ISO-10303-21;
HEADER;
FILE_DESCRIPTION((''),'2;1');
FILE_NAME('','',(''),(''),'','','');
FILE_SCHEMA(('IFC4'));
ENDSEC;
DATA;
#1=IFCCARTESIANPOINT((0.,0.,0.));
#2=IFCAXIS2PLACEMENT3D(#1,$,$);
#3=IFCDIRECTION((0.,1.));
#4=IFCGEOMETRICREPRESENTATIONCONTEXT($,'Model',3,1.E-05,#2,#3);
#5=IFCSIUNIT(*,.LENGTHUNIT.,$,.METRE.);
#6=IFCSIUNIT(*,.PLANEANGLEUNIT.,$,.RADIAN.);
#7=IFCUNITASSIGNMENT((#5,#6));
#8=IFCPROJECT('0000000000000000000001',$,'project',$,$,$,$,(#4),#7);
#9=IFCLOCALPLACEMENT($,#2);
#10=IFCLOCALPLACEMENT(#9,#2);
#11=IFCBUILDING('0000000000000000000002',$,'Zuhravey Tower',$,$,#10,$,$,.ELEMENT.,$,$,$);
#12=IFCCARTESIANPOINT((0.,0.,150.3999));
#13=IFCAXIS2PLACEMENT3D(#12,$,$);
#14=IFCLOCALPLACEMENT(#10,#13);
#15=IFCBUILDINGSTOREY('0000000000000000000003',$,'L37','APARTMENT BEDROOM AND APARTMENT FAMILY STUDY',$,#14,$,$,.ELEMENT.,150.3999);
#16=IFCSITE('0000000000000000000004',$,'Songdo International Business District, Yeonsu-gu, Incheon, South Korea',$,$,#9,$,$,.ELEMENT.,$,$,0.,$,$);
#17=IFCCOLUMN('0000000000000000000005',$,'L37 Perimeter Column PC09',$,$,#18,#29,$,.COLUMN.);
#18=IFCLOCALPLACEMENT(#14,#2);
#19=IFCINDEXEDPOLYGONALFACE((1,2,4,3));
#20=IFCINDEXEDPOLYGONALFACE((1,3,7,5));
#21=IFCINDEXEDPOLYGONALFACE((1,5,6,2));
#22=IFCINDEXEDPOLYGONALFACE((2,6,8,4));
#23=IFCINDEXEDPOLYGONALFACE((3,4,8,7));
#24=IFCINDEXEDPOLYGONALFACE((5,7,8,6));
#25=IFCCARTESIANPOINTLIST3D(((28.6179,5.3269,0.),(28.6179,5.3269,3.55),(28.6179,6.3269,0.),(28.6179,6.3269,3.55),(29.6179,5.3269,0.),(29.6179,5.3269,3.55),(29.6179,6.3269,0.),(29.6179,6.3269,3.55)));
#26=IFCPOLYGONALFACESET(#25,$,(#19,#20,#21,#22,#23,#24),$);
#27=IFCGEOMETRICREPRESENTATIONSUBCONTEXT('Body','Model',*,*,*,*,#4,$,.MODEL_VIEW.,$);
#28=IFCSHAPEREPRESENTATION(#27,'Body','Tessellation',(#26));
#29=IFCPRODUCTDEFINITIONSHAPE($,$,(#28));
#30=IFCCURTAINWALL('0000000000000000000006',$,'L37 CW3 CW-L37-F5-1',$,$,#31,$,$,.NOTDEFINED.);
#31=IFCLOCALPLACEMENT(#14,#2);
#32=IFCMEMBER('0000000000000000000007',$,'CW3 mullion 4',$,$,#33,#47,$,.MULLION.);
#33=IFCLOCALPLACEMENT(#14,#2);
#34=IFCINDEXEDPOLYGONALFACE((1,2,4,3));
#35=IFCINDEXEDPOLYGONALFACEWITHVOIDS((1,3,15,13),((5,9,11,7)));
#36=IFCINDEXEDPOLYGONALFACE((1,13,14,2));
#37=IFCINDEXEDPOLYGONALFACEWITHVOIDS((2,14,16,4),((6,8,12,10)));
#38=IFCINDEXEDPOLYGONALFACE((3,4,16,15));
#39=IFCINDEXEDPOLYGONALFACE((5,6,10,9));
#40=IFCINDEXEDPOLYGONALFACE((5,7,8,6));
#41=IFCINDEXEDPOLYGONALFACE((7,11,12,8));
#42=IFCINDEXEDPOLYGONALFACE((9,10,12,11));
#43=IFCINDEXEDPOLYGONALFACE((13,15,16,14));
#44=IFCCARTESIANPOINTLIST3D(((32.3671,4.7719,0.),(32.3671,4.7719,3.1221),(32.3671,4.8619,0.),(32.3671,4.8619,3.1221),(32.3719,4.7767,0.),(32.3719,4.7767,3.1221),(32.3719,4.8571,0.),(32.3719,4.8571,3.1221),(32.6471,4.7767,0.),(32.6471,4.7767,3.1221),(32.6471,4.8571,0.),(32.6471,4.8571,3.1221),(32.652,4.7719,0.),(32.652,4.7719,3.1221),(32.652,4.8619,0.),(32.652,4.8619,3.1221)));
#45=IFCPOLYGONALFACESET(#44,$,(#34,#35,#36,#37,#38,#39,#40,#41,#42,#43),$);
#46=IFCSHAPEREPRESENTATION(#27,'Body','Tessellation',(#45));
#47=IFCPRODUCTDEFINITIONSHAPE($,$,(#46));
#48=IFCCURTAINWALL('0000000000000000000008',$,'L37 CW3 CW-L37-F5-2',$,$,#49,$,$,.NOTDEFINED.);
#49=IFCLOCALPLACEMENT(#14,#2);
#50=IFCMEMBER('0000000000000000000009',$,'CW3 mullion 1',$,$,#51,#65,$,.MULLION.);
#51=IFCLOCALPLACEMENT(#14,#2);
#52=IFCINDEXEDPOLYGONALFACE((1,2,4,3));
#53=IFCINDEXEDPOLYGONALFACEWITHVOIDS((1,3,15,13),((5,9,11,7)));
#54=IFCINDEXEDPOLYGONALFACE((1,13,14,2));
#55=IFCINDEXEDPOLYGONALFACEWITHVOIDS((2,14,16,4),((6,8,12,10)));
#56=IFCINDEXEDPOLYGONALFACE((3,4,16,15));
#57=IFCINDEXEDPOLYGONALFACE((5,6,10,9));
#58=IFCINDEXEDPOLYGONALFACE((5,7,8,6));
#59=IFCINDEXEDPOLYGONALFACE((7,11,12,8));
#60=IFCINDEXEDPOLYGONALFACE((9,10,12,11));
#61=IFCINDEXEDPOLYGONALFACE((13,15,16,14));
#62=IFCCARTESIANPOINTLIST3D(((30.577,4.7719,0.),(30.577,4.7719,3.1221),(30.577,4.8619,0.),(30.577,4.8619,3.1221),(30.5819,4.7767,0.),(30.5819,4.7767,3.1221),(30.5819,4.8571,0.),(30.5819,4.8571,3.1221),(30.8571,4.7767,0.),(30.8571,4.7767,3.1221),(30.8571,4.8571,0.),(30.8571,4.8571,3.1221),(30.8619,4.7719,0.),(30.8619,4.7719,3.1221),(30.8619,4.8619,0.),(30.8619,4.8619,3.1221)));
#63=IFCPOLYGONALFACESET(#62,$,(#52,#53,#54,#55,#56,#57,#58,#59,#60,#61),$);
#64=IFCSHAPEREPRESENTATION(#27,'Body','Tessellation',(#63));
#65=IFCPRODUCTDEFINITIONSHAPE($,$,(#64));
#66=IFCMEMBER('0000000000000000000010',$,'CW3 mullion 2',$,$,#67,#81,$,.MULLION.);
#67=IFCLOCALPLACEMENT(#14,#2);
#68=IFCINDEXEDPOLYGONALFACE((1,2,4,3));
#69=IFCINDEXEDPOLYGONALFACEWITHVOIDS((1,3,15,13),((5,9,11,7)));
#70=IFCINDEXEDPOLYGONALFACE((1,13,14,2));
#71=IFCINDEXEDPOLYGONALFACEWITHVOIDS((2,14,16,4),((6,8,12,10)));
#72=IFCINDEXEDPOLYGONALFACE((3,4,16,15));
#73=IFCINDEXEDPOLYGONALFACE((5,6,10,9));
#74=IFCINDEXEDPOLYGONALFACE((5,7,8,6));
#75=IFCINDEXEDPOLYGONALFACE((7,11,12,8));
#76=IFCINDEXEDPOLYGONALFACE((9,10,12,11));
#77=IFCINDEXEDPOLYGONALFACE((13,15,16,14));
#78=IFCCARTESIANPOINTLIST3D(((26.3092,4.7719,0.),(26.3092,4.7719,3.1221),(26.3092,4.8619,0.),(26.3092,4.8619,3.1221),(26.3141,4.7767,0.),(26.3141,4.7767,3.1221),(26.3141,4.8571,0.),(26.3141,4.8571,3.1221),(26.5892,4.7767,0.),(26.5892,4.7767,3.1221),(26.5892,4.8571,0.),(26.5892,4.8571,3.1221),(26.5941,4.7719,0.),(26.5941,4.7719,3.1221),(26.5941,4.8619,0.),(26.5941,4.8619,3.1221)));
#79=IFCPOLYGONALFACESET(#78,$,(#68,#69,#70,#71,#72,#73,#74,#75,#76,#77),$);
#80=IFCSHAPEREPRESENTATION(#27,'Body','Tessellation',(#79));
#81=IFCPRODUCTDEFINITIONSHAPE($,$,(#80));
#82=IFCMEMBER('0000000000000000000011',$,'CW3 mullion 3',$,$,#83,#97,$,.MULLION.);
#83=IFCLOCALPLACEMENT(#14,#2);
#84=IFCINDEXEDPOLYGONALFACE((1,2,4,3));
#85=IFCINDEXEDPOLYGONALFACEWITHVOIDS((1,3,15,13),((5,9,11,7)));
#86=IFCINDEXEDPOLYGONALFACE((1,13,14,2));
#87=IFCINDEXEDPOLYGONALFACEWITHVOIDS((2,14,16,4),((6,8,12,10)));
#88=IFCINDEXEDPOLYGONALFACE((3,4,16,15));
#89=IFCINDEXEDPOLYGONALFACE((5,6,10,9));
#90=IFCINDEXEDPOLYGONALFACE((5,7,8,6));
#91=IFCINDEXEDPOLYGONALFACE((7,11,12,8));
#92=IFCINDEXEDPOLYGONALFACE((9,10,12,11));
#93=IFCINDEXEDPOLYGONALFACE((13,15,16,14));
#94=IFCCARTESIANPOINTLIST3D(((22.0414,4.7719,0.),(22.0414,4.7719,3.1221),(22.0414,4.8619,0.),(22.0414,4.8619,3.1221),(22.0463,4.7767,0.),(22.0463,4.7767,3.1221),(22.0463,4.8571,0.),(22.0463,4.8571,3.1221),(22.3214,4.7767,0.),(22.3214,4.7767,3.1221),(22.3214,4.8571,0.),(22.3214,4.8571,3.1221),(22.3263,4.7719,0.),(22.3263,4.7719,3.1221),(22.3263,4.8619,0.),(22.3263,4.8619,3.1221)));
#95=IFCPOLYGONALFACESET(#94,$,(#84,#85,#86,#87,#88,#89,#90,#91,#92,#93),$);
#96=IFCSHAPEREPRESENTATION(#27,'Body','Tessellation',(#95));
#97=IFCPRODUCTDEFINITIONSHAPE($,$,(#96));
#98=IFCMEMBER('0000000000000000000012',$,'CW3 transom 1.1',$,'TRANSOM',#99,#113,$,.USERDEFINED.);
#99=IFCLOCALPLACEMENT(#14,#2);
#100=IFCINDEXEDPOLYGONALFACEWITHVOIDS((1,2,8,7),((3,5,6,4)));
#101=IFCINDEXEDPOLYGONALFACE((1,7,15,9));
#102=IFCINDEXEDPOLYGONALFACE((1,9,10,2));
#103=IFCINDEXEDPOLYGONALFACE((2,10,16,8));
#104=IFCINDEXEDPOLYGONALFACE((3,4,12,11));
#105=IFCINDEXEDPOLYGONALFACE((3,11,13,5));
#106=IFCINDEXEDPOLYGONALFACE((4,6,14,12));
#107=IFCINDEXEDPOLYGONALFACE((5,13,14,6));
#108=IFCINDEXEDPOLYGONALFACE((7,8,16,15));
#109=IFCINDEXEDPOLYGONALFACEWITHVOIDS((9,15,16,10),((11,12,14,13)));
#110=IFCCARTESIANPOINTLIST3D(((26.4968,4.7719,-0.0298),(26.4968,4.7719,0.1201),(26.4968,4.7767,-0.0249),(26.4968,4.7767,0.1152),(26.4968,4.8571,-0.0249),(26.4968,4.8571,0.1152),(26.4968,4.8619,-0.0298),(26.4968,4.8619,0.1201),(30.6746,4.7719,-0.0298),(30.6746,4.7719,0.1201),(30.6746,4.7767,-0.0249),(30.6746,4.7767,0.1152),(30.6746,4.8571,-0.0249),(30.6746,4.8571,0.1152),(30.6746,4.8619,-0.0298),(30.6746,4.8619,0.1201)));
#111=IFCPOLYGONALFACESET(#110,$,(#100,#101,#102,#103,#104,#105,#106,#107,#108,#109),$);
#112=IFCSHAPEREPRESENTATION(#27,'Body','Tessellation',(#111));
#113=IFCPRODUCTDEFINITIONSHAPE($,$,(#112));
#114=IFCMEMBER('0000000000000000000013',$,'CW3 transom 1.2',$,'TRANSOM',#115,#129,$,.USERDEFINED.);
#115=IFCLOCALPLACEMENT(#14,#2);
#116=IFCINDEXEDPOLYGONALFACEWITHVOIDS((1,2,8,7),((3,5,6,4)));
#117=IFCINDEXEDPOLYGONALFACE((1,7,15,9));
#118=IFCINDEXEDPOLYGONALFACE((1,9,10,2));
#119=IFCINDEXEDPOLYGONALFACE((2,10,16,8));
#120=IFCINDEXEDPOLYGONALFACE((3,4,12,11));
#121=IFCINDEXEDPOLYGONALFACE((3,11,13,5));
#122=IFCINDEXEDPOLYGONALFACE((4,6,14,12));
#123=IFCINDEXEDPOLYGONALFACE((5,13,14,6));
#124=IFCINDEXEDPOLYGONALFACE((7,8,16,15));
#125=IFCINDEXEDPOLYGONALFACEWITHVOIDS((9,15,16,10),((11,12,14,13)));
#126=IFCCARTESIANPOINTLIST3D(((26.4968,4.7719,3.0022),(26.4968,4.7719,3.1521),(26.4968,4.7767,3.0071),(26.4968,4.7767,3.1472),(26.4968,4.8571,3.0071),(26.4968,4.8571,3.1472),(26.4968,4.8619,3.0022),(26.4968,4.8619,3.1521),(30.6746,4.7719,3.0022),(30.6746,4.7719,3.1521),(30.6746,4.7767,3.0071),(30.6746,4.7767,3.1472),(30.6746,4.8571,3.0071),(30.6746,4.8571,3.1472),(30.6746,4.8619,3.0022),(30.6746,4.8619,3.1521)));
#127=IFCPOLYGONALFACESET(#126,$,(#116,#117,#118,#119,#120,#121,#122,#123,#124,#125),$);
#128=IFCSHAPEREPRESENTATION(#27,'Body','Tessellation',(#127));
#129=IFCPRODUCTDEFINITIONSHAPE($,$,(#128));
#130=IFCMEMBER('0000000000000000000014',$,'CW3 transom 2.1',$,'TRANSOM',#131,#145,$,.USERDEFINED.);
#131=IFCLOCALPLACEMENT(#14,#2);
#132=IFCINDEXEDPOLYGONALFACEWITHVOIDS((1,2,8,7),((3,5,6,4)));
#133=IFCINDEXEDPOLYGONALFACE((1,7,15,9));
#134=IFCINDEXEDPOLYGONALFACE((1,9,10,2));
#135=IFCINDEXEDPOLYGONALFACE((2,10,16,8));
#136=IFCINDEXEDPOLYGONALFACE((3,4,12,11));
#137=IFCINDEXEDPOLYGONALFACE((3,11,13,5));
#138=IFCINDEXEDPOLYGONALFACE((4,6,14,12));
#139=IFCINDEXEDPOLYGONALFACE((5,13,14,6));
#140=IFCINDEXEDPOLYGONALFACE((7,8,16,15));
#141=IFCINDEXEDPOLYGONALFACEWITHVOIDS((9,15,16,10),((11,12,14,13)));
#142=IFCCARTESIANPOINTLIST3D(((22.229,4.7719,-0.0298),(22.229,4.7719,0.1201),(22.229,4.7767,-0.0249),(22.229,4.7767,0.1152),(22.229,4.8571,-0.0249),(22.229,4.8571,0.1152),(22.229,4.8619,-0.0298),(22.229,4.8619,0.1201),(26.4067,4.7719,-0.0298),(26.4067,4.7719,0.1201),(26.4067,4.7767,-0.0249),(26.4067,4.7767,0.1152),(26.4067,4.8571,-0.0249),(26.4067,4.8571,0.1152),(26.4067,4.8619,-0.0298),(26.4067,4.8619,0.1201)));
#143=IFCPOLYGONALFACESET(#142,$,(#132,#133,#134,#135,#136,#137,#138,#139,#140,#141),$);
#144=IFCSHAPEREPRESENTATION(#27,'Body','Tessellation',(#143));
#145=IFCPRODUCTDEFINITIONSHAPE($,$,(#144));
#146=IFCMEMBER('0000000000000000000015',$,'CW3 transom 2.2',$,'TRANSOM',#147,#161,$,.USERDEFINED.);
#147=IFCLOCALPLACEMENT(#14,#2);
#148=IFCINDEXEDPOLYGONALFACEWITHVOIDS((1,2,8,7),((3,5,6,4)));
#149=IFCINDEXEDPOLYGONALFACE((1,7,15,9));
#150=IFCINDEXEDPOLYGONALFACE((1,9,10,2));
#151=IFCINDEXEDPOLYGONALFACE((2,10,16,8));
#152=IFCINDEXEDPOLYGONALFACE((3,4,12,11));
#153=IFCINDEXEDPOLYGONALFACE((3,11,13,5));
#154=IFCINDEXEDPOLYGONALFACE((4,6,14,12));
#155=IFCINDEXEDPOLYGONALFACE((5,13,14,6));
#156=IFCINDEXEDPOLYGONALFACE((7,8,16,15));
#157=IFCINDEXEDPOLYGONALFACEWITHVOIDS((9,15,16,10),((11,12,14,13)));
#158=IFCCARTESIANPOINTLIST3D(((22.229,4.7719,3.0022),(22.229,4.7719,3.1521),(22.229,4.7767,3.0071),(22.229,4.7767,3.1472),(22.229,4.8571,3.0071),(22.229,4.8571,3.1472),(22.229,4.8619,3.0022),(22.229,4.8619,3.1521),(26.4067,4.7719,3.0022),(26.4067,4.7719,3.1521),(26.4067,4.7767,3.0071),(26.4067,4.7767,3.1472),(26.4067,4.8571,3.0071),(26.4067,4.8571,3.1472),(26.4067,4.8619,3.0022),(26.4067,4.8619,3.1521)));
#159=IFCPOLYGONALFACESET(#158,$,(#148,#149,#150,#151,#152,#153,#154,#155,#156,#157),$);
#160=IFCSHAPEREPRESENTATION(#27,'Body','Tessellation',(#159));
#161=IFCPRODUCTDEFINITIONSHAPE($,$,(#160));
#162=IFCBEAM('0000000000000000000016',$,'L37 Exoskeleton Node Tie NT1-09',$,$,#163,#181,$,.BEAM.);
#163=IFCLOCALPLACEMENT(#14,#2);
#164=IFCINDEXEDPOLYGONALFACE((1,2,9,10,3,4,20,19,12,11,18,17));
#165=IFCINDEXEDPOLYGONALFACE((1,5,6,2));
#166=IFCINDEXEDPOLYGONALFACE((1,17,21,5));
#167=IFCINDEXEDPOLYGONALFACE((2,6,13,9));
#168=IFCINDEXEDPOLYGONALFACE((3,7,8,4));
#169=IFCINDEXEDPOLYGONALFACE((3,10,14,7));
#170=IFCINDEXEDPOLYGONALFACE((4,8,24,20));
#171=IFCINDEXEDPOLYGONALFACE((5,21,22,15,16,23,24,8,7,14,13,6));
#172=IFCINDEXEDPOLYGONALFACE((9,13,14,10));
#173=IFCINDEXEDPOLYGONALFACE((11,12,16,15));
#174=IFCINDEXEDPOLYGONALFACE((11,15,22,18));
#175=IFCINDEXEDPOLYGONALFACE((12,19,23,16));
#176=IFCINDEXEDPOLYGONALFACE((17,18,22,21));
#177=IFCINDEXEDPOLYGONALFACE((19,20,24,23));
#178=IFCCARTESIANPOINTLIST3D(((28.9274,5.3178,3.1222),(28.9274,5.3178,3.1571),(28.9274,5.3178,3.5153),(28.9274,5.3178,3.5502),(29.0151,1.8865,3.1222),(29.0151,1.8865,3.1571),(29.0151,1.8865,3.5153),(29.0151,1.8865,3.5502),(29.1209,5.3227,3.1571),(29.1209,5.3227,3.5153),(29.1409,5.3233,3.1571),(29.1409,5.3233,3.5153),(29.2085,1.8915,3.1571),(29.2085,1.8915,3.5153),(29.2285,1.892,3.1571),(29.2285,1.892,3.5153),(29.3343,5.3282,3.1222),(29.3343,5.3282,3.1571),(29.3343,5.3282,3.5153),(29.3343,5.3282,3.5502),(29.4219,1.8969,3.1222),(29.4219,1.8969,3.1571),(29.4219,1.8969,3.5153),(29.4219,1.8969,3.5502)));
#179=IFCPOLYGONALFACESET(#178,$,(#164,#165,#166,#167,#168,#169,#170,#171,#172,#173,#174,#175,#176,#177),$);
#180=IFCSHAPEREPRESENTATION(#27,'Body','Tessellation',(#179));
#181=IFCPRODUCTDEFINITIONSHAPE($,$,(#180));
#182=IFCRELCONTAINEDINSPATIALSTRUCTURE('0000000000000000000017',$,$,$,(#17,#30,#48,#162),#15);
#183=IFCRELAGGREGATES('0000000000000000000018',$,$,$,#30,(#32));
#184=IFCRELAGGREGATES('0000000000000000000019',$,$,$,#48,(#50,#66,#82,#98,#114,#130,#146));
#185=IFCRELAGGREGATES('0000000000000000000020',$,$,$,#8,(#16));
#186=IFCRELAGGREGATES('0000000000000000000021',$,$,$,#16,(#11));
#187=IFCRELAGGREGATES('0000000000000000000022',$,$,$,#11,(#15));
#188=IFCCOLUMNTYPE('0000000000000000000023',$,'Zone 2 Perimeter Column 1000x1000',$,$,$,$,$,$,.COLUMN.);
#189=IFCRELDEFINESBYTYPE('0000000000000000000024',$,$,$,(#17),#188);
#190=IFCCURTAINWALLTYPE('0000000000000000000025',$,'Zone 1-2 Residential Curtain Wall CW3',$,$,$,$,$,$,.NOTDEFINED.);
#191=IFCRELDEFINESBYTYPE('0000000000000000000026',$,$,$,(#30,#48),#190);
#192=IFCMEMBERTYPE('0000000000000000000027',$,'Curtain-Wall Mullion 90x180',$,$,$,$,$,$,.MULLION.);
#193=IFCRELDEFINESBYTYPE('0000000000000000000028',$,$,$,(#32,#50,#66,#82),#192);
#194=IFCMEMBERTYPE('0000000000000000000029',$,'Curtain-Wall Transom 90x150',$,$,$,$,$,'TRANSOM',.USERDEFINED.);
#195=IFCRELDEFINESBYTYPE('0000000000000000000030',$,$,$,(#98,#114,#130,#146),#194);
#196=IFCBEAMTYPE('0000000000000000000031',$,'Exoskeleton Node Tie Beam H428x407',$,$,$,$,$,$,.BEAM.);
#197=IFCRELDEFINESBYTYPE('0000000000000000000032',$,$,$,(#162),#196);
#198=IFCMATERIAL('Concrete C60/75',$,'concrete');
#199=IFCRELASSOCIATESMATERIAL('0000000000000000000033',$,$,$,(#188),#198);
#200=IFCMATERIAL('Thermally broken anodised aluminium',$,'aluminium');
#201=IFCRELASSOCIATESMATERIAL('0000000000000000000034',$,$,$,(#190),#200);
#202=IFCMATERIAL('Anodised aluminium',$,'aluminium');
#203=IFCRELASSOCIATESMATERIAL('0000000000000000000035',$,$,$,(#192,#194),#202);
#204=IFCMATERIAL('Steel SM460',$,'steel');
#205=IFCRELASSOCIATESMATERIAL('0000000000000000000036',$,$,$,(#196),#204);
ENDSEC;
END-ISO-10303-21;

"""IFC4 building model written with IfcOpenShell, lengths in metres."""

from ifc_helpers import new_model, si_unit, direction, frame, origin, origin_2d, place, context, subcontext, project, spatial, rectangle, hollow_rectangle, i_section, extrude, material, material_profile, profile_set, type_object, element, aggregate, save


model = new_model("IFC4")

# Units and contexts
model_context = context("Model", 3, precision=1e-05, world=origin(), true_north=direction((0.0, 1.0)))
body_context = subcontext(model_context, "Body", "Model", "MODEL_VIEW")
ifc_project = project(units=[si_unit("LENGTHUNIT", "METRE"), si_unit("PLANEANGLEUNIT", "RADIAN")], contexts=[model_context])

# Site, building, storey
site_placement = place(None, origin())
site = spatial("IfcSite", under=ifc_project, at=site_placement, Name="Songdo International Business District, Yeonsu-gu, Incheon, South Korea", CompositionType="ELEMENT", RefElevation=0.0)
building_placement = place(site_placement, origin())
building = spatial("IfcBuilding", under=site, at=building_placement, Name="Zuhravey Tower", CompositionType="ELEMENT")
storey_placement = place(building_placement, frame((0.0, 0.0, 150.3999)))
storey = spatial("IfcBuildingStorey", under=building, at=storey_placement, Name="L37", Description="APARTMENT BEDROOM AND APARTMENT FAMILY STUDY", CompositionType="ELEMENT", Elevation=150.3999)

# Column
ifc_material_1 = material(Name="Concrete C60/75", Category="concrete")
ifc_material_profile_1 = material_profile(ifc_material_1, rectangle(XDim=1.0, YDim=1.0, at=origin_2d()), Name="RC-1000x1000")
ifc_profile_set_1 = profile_set([ifc_material_profile_1], Name="Concrete C60/75")
column_type = type_object("IfcColumnType", Name="Zone 2 Perimeter Column 1000x1000", PredefinedType="COLUMN", material=ifc_profile_set_1)
column_placement = place(storey_placement, frame((29.1179, 5.8269, 0.0), z_axis=(0.0, 0.0, 1.0), x_axis=(1.0, 0.0, 0.0)))
element("IfcColumn", 1, at=column_placement, inside=storey, type_object=column_type, Name="L37 Perimeter Column PC09", PredefinedType="COLUMN", context=body_context, shape_type="SweptSolid", body=[
    extrude(rectangle(XDim=1.0, YDim=1.0, at=origin_2d()), origin(), (0.0, 0.0, 1.0), 3.55),
])

# Curtain wall, member
ifc_material_2 = material(Name="Thermally broken anodised aluminium", Category="aluminium")
curtain_wall_type = type_object("IfcCurtainWallType", Name="Zone 1-2 Residential Curtain Wall CW3", PredefinedType="NOTDEFINED", material=ifc_material_2)
curtain_wall_1_placement = place(storey_placement, origin())
curtain_wall_1 = element("IfcCurtainWall", 2, at=curtain_wall_1_placement, inside=storey, type_object=curtain_wall_type, Name="L37 CW3 CW-L37-F5-1", PredefinedType="NOTDEFINED")
ifc_material_3 = material(Name="Anodised aluminium", Category="aluminium")
ifc_material_profile_2 = material_profile(ifc_material_3, hollow_rectangle(XDim=0.0901, YDim=0.2849, WallThickness=0.0049, at=origin_2d()), Name="ALU-RHS-90x285x5")
ifc_profile_set_2 = profile_set([ifc_material_profile_2], Name="Anodised aluminium")
member_type_1 = type_object("IfcMemberType", Name="Curtain-Wall Mullion 90x180", PredefinedType="MULLION", material=ifc_profile_set_2)
member_1_placement = place(storey_placement, frame((32.5095, 4.8169, 0.0), z_axis=(0.0, 0.0, 1.0), x_axis=(0.0, -1.0, 0.0)))
member_1 = element("IfcMember", 3, at=member_1_placement, type_object=member_type_1, Name="CW3 mullion 4", PredefinedType="MULLION", context=body_context, shape_type="SweptSolid", body=[
    extrude(hollow_rectangle(XDim=0.0901, YDim=0.2849, WallThickness=0.0049, at=origin_2d()), origin(), (0.0, 0.0, 1.0), 3.1221),
])
aggregate(curtain_wall_1, [member_1])

# Curtain wall, members
curtain_wall_2_placement = place(storey_placement, origin())
curtain_wall_2 = element("IfcCurtainWall", 4, at=curtain_wall_2_placement, inside=storey, type_object=curtain_wall_type, Name="L37 CW3 CW-L37-F5-2", PredefinedType="NOTDEFINED")
member_2_placement = place(storey_placement, frame((30.7195, 4.8169, 0.0), z_axis=(0.0, 0.0, 1.0), x_axis=(0.0, -1.0, 0.0)))
member_2 = element("IfcMember", 5, at=member_2_placement, type_object=member_type_1, Name="CW3 mullion 1", PredefinedType="MULLION", context=body_context, shape_type="SweptSolid", body=[
    extrude(hollow_rectangle(XDim=0.0901, YDim=0.2849, WallThickness=0.0049, at=origin_2d()), origin(), (0.0, 0.0, 1.0), 3.1221),
])
member_3_placement = place(storey_placement, frame((26.4517, 4.8169, 0.0), z_axis=(0.0, 0.0, 1.0), x_axis=(0.0, -1.0, 0.0)))
member_3 = element("IfcMember", 6, at=member_3_placement, type_object=member_type_1, Name="CW3 mullion 2", PredefinedType="MULLION", context=body_context, shape_type="SweptSolid", body=[
    extrude(hollow_rectangle(XDim=0.0901, YDim=0.2849, WallThickness=0.0049, at=origin_2d()), origin(), (0.0, 0.0, 1.0), 3.1221),
])
member_4_placement = place(storey_placement, frame((22.1838, 4.8169, 0.0), z_axis=(0.0, 0.0, 1.0), x_axis=(0.0, -1.0, 0.0)))
member_4 = element("IfcMember", 7, at=member_4_placement, type_object=member_type_1, Name="CW3 mullion 3", PredefinedType="MULLION", context=body_context, shape_type="SweptSolid", body=[
    extrude(hollow_rectangle(XDim=0.0901, YDim=0.2849, WallThickness=0.0049, at=origin_2d()), origin(), (0.0, 0.0, 1.0), 3.1221),
])
ifc_material_profile_3 = material_profile(ifc_material_3, hollow_rectangle(XDim=0.0901, YDim=0.1499, WallThickness=0.0049, at=origin_2d()), Name="ALU-RHS-90x150x5")
ifc_profile_set_3 = profile_set([ifc_material_profile_3], Name="Anodised aluminium")
member_type_2 = type_object("IfcMemberType", Name="Curtain-Wall Transom 90x150", ElementType="TRANSOM", PredefinedType="USERDEFINED", material=ifc_profile_set_3)
member_5_placement = place(storey_placement, frame((30.6746, 4.8169, 0.0452), z_axis=(-1.0, 0.0, 0.0), x_axis=(0.0, -1.0, 0.0)))
member_5 = element("IfcMember", 8, at=member_5_placement, type_object=member_type_2, Name="CW3 transom 1.1", ObjectType="TRANSOM", PredefinedType="USERDEFINED", context=body_context, shape_type="SweptSolid", body=[
    extrude(hollow_rectangle(XDim=0.0901, YDim=0.1499, WallThickness=0.0049, at=origin_2d()), origin(), (0.0, 0.0, 1.0), 4.1777),
])
member_6_placement = place(storey_placement, frame((30.6746, 4.8169, 3.0771), z_axis=(-1.0, 0.0, 0.0), x_axis=(0.0, -1.0, 0.0)))
member_6 = element("IfcMember", 9, at=member_6_placement, type_object=member_type_2, Name="CW3 transom 1.2", ObjectType="TRANSOM", PredefinedType="USERDEFINED", context=body_context, shape_type="SweptSolid", body=[
    extrude(hollow_rectangle(XDim=0.0901, YDim=0.1499, WallThickness=0.0049, at=origin_2d()), origin(), (0.0, 0.0, 1.0), 4.1777),
])
member_7_placement = place(storey_placement, frame((26.4067, 4.8169, 0.0452), z_axis=(-1.0, 0.0, 0.0), x_axis=(0.0, -1.0, 0.0)))
member_7 = element("IfcMember", 10, at=member_7_placement, type_object=member_type_2, Name="CW3 transom 2.1", ObjectType="TRANSOM", PredefinedType="USERDEFINED", context=body_context, shape_type="SweptSolid", body=[
    extrude(hollow_rectangle(XDim=0.0901, YDim=0.1499, WallThickness=0.0049, at=origin_2d()), origin(), (0.0, 0.0, 1.0), 4.1777),
])
member_8_placement = place(storey_placement, frame((26.4067, 4.8169, 3.0771), z_axis=(-1.0, 0.0, 0.0), x_axis=(0.0, -1.0, 0.0)))
member_8 = element("IfcMember", 11, at=member_8_placement, type_object=member_type_2, Name="CW3 transom 2.2", ObjectType="TRANSOM", PredefinedType="USERDEFINED", context=body_context, shape_type="SweptSolid", body=[
    extrude(hollow_rectangle(XDim=0.0901, YDim=0.1499, WallThickness=0.0049, at=origin_2d()), origin(), (0.0, 0.0, 1.0), 4.1777),
])

# Beam
ifc_material_4 = material(Name="Steel SM460", Category="steel")
ifc_material_profile_4 = material_profile(ifc_material_4, i_section(OverallWidth=0.407, OverallDepth=0.428, WebThickness=0.02, FlangeThickness=0.0349, at=origin_2d()), Name="H-428x407x20x35")
ifc_profile_set_4 = profile_set([ifc_material_profile_4], Name="Steel SM460")
beam_type_1 = type_object("IfcBeamType", Name="Exoskeleton Node Tie Beam H428x407", PredefinedType="BEAM", material=ifc_profile_set_4)
beam_1_placement = place(storey_placement, frame((29.1309, 5.323, 3.3362), z_axis=(0.025536, -0.999674, 0.0), x_axis=(0.999674, 0.025536, 0.0)))
element("IfcBeam", 12, at=beam_1_placement, inside=storey, type_object=beam_type_1, Name="L37 Exoskeleton Node Tie NT1-09", PredefinedType="BEAM", context=body_context, shape_type="SweptSolid", body=[
    extrude(i_section(OverallWidth=0.407, OverallDepth=0.428, WebThickness=0.02, FlangeThickness=0.0349, at=origin_2d()), origin(), (0.0, 0.0, 1.0), 3.4324),
])

aggregate(curtain_wall_2, [member_2, member_3, member_4, member_5, member_6, member_7, member_8])

save(model, "model.ifc")
